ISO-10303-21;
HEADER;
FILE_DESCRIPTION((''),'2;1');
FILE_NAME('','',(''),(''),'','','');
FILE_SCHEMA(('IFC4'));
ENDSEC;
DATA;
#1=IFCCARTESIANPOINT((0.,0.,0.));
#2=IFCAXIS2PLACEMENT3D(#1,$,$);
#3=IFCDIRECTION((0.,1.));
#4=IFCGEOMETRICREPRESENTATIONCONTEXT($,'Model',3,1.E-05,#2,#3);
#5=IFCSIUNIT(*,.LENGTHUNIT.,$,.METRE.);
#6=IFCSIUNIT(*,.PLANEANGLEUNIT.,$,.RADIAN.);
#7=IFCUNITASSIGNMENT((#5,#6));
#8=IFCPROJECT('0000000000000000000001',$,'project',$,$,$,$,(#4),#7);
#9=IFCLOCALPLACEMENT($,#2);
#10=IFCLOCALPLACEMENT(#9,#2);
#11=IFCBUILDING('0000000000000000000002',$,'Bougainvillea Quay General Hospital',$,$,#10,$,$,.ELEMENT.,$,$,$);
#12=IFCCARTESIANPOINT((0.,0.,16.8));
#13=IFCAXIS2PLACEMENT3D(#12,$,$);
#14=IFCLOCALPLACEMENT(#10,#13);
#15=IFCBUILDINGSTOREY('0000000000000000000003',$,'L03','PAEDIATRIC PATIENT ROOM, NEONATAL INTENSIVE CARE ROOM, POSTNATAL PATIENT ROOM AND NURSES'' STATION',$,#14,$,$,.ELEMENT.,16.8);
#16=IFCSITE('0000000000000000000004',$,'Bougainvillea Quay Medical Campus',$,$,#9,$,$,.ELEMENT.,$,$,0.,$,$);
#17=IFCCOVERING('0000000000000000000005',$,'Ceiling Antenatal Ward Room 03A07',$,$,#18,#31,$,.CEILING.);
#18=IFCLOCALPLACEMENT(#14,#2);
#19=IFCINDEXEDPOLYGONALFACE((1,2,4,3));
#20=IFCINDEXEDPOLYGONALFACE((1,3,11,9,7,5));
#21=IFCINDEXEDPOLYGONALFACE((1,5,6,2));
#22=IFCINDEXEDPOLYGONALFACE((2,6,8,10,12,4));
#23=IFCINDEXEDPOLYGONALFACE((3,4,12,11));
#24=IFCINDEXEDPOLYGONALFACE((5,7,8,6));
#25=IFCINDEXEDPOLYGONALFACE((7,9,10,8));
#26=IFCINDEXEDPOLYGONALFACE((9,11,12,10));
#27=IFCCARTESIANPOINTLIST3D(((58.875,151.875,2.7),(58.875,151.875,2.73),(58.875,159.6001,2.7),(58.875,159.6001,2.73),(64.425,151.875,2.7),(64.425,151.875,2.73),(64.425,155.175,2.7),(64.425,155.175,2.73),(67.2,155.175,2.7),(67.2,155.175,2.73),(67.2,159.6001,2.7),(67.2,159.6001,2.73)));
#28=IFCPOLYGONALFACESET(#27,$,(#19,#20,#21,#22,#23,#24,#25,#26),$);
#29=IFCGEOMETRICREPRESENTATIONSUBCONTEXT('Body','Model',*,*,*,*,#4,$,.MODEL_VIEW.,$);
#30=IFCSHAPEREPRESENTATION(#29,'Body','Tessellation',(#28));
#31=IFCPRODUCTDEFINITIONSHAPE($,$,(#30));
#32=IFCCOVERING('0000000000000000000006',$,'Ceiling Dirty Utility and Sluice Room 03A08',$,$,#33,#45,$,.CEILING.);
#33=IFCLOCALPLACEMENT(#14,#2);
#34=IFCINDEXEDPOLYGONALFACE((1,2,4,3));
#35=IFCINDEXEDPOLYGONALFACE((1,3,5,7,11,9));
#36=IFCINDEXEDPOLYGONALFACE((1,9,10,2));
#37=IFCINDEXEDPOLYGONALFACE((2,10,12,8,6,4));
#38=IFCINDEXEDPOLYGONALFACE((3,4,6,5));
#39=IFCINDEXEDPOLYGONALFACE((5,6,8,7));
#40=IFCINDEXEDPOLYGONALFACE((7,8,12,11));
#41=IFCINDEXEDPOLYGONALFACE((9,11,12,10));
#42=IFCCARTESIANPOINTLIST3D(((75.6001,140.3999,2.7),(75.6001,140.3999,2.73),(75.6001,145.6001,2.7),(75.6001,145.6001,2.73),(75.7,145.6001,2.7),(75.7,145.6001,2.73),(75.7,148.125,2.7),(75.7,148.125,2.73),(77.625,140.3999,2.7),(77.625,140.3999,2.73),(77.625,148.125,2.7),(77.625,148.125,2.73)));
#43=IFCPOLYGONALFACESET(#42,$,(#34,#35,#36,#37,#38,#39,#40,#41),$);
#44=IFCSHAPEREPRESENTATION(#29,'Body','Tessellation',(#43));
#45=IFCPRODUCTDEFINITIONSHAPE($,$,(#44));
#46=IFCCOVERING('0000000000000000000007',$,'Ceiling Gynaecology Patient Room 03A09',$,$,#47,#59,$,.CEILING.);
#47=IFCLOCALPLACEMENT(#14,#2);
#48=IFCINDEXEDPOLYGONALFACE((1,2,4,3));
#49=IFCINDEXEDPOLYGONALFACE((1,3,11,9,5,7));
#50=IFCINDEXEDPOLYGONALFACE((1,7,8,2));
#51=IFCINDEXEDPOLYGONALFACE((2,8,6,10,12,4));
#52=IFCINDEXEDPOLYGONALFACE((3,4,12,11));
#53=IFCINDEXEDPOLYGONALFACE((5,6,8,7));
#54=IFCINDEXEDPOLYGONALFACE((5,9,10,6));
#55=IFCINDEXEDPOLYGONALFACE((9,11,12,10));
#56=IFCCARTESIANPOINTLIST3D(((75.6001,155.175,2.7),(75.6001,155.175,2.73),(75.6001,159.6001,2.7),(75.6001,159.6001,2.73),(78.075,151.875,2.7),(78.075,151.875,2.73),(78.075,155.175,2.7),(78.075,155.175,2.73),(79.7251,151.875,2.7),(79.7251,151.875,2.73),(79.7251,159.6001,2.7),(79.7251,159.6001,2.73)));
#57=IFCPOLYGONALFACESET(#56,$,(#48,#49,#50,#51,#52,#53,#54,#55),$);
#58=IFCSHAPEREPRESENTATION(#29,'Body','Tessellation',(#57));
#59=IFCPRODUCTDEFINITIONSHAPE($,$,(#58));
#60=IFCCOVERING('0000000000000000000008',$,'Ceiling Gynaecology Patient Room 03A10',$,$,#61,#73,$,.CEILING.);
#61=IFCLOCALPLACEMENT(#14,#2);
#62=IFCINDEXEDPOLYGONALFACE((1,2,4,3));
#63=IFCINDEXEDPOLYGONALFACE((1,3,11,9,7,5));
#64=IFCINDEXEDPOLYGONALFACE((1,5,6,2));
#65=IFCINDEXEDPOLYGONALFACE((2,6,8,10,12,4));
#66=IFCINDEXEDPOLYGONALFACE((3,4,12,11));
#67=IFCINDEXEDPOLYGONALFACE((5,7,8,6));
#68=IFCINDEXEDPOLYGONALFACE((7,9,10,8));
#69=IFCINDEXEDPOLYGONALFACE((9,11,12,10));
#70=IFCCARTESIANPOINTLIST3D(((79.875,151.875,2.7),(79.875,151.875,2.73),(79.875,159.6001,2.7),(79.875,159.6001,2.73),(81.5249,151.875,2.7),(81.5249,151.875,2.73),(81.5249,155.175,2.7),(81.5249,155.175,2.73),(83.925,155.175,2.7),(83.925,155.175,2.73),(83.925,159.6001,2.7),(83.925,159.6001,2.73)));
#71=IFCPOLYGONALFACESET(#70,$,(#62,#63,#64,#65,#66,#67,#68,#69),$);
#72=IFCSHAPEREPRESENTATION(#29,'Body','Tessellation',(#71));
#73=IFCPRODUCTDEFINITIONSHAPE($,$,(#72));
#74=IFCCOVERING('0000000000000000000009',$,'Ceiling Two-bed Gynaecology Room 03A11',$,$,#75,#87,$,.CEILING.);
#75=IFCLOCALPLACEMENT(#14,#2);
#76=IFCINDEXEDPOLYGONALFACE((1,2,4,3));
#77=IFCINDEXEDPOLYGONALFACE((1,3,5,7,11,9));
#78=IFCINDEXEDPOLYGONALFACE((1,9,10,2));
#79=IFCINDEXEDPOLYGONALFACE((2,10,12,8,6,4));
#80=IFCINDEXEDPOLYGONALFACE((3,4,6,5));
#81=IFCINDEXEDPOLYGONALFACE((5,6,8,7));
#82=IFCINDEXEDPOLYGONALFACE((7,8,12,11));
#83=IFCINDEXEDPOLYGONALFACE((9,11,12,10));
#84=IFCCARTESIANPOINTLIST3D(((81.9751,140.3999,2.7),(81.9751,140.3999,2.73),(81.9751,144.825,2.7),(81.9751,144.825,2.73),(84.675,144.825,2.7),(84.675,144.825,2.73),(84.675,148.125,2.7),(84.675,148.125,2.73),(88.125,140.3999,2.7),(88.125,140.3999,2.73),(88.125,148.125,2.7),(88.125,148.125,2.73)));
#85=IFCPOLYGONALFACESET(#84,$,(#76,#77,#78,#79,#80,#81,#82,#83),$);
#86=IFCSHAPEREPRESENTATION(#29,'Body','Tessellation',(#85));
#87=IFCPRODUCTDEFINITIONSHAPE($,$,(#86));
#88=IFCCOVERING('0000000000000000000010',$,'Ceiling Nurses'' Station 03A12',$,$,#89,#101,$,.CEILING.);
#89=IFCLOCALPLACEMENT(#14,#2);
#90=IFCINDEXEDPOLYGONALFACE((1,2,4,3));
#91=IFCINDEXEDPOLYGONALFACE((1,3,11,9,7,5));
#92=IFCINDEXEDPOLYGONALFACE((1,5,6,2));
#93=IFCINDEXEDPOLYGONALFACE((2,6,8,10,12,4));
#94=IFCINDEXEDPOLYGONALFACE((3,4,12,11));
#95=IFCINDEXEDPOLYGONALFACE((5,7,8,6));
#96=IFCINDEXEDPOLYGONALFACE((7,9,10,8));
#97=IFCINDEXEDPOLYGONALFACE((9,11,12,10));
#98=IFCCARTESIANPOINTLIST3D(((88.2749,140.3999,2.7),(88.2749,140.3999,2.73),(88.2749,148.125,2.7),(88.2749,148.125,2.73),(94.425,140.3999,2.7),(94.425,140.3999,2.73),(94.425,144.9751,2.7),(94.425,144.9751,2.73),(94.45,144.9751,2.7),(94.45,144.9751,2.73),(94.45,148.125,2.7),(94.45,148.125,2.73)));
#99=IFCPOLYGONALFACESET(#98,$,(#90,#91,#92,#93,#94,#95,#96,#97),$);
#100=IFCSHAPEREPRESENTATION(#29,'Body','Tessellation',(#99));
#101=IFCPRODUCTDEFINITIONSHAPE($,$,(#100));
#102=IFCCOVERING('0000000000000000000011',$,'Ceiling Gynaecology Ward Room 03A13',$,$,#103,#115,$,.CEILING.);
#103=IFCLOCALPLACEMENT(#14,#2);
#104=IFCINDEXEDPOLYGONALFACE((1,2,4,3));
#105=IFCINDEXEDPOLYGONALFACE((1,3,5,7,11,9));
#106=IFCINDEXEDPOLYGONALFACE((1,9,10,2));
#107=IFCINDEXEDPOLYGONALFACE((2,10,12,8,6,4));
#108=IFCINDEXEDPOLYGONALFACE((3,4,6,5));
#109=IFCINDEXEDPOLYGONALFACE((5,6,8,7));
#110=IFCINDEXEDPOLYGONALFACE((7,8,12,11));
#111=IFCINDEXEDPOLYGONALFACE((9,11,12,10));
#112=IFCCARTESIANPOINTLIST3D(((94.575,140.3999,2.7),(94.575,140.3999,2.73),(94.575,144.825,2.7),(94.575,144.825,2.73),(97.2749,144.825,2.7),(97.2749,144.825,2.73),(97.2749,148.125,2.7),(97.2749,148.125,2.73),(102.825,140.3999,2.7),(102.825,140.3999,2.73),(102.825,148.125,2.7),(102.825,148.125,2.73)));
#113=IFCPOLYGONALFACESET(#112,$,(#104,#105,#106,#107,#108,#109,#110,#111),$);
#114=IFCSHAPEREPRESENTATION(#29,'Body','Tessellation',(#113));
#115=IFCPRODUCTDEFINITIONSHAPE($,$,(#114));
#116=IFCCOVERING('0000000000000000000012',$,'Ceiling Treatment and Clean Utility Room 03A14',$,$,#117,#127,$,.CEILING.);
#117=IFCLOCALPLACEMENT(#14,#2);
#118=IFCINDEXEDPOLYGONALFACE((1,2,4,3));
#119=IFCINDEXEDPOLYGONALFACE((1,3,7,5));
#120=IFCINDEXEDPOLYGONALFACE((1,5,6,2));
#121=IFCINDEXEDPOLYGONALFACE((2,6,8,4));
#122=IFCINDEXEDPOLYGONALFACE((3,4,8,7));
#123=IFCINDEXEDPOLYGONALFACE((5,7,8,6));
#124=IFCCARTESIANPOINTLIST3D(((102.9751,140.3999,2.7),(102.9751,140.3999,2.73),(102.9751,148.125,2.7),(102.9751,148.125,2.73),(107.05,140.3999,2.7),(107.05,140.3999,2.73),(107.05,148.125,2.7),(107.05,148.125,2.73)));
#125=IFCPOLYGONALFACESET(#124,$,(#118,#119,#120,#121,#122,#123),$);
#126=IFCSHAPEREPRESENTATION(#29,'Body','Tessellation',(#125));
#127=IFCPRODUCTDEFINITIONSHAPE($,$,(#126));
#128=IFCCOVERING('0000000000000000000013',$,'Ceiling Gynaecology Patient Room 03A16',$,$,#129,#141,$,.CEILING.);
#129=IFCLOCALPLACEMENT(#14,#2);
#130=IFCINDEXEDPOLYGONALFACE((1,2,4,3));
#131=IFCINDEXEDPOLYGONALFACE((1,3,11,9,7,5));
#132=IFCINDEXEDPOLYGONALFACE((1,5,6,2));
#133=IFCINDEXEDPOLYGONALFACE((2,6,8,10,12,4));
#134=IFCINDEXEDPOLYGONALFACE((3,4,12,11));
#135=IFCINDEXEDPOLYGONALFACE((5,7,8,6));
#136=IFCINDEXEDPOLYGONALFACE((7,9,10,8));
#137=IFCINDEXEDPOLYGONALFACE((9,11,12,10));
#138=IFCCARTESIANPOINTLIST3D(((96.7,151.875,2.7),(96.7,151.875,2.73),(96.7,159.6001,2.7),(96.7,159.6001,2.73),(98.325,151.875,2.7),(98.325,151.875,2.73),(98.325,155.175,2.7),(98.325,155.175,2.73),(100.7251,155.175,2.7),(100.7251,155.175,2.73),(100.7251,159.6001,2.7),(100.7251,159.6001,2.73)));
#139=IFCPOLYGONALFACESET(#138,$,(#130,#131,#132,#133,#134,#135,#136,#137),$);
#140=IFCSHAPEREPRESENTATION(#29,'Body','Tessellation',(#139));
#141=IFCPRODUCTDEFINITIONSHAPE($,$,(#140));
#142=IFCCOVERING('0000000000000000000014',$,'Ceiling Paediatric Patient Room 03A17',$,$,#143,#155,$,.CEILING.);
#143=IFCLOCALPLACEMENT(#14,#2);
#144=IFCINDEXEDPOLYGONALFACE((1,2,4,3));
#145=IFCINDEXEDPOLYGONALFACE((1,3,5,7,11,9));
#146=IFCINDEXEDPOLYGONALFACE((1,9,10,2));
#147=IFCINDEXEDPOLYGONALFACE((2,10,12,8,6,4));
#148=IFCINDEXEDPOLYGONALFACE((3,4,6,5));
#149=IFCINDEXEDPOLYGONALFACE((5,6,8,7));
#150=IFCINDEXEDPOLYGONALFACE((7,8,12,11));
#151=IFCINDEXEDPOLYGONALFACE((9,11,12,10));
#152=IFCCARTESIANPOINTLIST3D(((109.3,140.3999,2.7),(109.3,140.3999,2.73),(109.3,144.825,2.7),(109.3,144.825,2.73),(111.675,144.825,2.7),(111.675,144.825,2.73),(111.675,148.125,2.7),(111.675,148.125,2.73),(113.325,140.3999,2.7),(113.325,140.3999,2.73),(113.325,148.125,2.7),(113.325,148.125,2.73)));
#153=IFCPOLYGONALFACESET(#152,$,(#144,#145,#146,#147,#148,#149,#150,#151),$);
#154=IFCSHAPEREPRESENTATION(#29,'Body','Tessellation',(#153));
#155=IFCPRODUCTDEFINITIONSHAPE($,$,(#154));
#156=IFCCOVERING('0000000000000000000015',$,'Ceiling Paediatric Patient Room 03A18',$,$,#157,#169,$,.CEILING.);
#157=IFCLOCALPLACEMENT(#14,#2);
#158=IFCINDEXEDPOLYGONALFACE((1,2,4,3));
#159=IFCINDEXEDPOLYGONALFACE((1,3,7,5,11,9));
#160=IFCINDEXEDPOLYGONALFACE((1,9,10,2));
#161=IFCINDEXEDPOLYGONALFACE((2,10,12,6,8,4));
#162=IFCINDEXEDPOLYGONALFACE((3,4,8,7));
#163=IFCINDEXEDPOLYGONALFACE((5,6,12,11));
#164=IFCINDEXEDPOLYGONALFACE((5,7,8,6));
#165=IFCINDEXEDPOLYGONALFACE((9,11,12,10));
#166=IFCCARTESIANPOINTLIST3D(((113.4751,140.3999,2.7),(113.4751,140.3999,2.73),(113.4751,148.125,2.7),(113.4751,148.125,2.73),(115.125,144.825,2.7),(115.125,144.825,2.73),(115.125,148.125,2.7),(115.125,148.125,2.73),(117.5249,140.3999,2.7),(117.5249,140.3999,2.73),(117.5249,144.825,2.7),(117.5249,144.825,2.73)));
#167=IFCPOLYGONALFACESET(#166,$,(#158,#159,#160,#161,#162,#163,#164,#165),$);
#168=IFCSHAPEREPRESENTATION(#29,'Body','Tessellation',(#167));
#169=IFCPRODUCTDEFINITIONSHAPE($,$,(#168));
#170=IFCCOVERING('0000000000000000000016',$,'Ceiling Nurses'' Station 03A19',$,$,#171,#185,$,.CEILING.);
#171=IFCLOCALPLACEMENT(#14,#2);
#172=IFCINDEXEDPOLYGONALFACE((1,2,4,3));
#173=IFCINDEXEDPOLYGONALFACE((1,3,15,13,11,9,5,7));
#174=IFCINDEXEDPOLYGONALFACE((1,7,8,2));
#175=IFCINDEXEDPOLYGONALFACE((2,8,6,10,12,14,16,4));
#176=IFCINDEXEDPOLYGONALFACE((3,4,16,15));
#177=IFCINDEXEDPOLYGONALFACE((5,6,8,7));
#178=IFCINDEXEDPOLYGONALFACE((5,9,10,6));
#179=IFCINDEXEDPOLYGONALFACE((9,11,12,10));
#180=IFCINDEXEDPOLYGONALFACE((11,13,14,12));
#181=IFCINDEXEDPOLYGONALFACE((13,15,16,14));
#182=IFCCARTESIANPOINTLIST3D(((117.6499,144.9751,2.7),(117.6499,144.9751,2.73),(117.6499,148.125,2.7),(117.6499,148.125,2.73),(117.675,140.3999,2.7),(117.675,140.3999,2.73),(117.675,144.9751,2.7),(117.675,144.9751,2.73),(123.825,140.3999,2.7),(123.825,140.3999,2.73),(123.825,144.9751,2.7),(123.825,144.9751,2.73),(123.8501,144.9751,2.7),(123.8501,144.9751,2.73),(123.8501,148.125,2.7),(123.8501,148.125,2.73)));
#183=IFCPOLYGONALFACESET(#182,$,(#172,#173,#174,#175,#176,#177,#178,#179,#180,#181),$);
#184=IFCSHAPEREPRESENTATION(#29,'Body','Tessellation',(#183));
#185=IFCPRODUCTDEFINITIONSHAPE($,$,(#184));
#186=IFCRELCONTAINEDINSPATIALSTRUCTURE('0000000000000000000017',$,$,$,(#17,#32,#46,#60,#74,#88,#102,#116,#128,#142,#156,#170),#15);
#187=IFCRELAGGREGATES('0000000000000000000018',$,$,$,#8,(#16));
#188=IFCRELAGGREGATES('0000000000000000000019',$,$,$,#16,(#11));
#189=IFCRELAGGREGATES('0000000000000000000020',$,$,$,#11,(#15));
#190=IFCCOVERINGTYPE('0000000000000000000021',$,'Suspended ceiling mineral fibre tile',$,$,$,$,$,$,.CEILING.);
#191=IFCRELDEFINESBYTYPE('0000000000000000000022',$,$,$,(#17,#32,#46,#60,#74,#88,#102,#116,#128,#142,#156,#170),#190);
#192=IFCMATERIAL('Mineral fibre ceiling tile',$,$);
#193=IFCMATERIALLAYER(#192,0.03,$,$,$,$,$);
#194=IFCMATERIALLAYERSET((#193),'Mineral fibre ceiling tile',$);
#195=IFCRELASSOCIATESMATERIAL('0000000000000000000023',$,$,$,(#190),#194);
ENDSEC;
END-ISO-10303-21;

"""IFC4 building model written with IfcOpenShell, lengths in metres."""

from ifc_helpers import new_model, si_unit, direction, frame, origin, place, context, subcontext, project, spatial, polyline, outline, extrude, material, layer, layer_set, type_object, element, save


model = new_model("IFC4")

# Units and contexts
model_context = context("Model", 3, precision=1e-05, world=origin(), true_north=direction((0.0, 1.0)))
body_context = subcontext(model_context, "Body", "Model", "MODEL_VIEW")
ifc_project = project(units=[si_unit("LENGTHUNIT", "METRE"), si_unit("PLANEANGLEUNIT", "RADIAN")], contexts=[model_context])

# Site, building, storey
site_placement = place(None, origin())
site = spatial("IfcSite", under=ifc_project, at=site_placement, Name="Bougainvillea Quay Medical Campus", CompositionType="ELEMENT", RefElevation=0.0)
building_placement = place(site_placement, origin())
building = spatial("IfcBuilding", under=site, at=building_placement, Name="Bougainvillea Quay General Hospital", CompositionType="ELEMENT")
storey_placement = place(building_placement, frame((0.0, 0.0, 16.8)))
storey = spatial("IfcBuildingStorey", under=building, at=storey_placement, Name="L03", Description="PAEDIATRIC PATIENT ROOM, NEONATAL INTENSIVE CARE ROOM, POSTNATAL PATIENT ROOM AND NURSES' STATION", CompositionType="ELEMENT", Elevation=16.8)

# Coverings
ifc_material = material(Name="Mineral fibre ceiling tile")
ifc_layer = layer(ifc_material, 0.03)
ifc_layer_set = layer_set([ifc_layer], Name="Mineral fibre ceiling tile")
covering_type = type_object("IfcCoveringType", Name="Suspended ceiling mineral fibre tile", PredefinedType="CEILING", material=ifc_layer_set)
covering_1_placement = place(storey_placement, frame((0.0, 0.0, 2.7)))
element("IfcCovering", 1, at=covering_1_placement, inside=storey, type_object=covering_type, Name="Ceiling Antenatal Ward Room 03A07", PredefinedType="CEILING", context=body_context, shape_type="SweptSolid", body=[
    extrude(outline(polyline([(58.875, 159.6001), (58.875, 151.875), (64.425, 151.875), (64.425, 155.175), (67.2, 155.175), (67.2, 159.6001), (58.875, 159.6001)])), origin(), (0.0, 0.0, 1.0), 0.03),
])
covering_2_placement = place(storey_placement, frame((0.0, 0.0, 2.7)))
element("IfcCovering", 2, at=covering_2_placement, inside=storey, type_object=covering_type, Name="Ceiling Dirty Utility and Sluice Room 03A08", PredefinedType="CEILING", context=body_context, shape_type="SweptSolid", body=[
    extrude(outline(polyline([(77.625, 140.3999), (77.625, 148.125), (75.7, 148.125), (75.7, 145.6001), (75.6001, 145.6001), (75.6001, 140.3999), (77.625, 140.3999)])), origin(), (0.0, 0.0, 1.0), 0.03),
])
covering_3_placement = place(storey_placement, frame((0.0, 0.0, 2.7)))
element("IfcCovering", 3, at=covering_3_placement, inside=storey, type_object=covering_type, Name="Ceiling Gynaecology Patient Room 03A09", PredefinedType="CEILING", context=body_context, shape_type="SweptSolid", body=[
    extrude(outline(polyline([(75.6001, 159.6001), (75.6001, 155.175), (78.075, 155.175), (78.075, 151.875), (79.7251, 151.875), (79.7251, 159.6001), (75.6001, 159.6001)])), origin(), (0.0, 0.0, 1.0), 0.03),
])
covering_4_placement = place(storey_placement, frame((0.0, 0.0, 2.7)))
element("IfcCovering", 4, at=covering_4_placement, inside=storey, type_object=covering_type, Name="Ceiling Gynaecology Patient Room 03A10", PredefinedType="CEILING", context=body_context, shape_type="SweptSolid", body=[
    extrude(outline(polyline([(79.875, 159.6001), (79.875, 151.875), (81.5249, 151.875), (81.5249, 155.175), (83.925, 155.175), (83.925, 159.6001), (79.875, 159.6001)])), origin(), (0.0, 0.0, 1.0), 0.03),
])
covering_5_placement = place(storey_placement, frame((0.0, 0.0, 2.7)))
element("IfcCovering", 5, at=covering_5_placement, inside=storey, type_object=covering_type, Name="Ceiling Two-bed Gynaecology Room 03A11", PredefinedType="CEILING", context=body_context, shape_type="SweptSolid", body=[
    extrude(outline(polyline([(88.125, 140.3999), (88.125, 148.125), (84.675, 148.125), (84.675, 144.825), (81.9751, 144.825), (81.9751, 140.3999), (88.125, 140.3999)])), origin(), (0.0, 0.0, 1.0), 0.03),
])
covering_6_placement = place(storey_placement, frame((0.0, 0.0, 2.7)))
element("IfcCovering", 6, at=covering_6_placement, inside=storey, type_object=covering_type, Name="Ceiling Nurses' Station 03A12", PredefinedType="CEILING", context=body_context, shape_type="SweptSolid", body=[
    extrude(outline(polyline([(94.425, 140.3999), (94.425, 144.9751), (94.45, 144.9751), (94.45, 148.125), (88.2749, 148.125), (88.2749, 140.3999), (94.425, 140.3999)])), origin(), (0.0, 0.0, 1.0), 0.03),
])
covering_7_placement = place(storey_placement, frame((0.0, 0.0, 2.7)))
element("IfcCovering", 7, at=covering_7_placement, inside=storey, type_object=covering_type, Name="Ceiling Gynaecology Ward Room 03A13", PredefinedType="CEILING", context=body_context, shape_type="SweptSolid", body=[
    extrude(outline(polyline([(102.825, 140.3999), (102.825, 148.125), (97.2749, 148.125), (97.2749, 144.825), (94.575, 144.825), (94.575, 140.3999), (102.825, 140.3999)])), origin(), (0.0, 0.0, 1.0), 0.03),
])
covering_8_placement = place(storey_placement, frame((0.0, 0.0, 2.7)))
element("IfcCovering", 8, at=covering_8_placement, inside=storey, type_object=covering_type, Name="Ceiling Treatment and Clean Utility Room 03A14", PredefinedType="CEILING", context=body_context, shape_type="SweptSolid", body=[
    extrude(outline(polyline([(107.05, 140.3999), (107.05, 148.125), (102.9751, 148.125), (102.9751, 140.3999), (107.05, 140.3999)])), origin(), (0.0, 0.0, 1.0), 0.03),
])
covering_9_placement = place(storey_placement, frame((0.0, 0.0, 2.7)))
element("IfcCovering", 9, at=covering_9_placement, inside=storey, type_object=covering_type, Name="Ceiling Gynaecology Patient Room 03A16", PredefinedType="CEILING", context=body_context, shape_type="SweptSolid", body=[
    extrude(outline(polyline([(96.7, 159.6001), (96.7, 151.875), (98.325, 151.875), (98.325, 155.175), (100.7251, 155.175), (100.7251, 159.6001), (96.7, 159.6001)])), origin(), (0.0, 0.0, 1.0), 0.03),
])
covering_10_placement = place(storey_placement, frame((0.0, 0.0, 2.7)))
element("IfcCovering", 10, at=covering_10_placement, inside=storey, type_object=covering_type, Name="Ceiling Paediatric Patient Room 03A17", PredefinedType="CEILING", context=body_context, shape_type="SweptSolid", body=[
    extrude(outline(polyline([(113.325, 140.3999), (113.325, 148.125), (111.675, 148.125), (111.675, 144.825), (109.3, 144.825), (109.3, 140.3999), (113.325, 140.3999)])), origin(), (0.0, 0.0, 1.0), 0.03),
])
covering_11_placement = place(storey_placement, frame((0.0, 0.0, 2.7)))
element("IfcCovering", 11, at=covering_11_placement, inside=storey, type_object=covering_type, Name="Ceiling Paediatric Patient Room 03A18", PredefinedType="CEILING", context=body_context, shape_type="SweptSolid", body=[
    extrude(outline(polyline([(117.5249, 140.3999), (117.5249, 144.825), (115.125, 144.825), (115.125, 148.125), (113.4751, 148.125), (113.4751, 140.3999), (117.5249, 140.3999)])), origin(), (0.0, 0.0, 1.0), 0.03),
])
covering_12_placement = place(storey_placement, frame((0.0, 0.0, 2.7)))
element("IfcCovering", 12, at=covering_12_placement, inside=storey, type_object=covering_type, Name="Ceiling Nurses' Station 03A19", PredefinedType="CEILING", context=body_context, shape_type="SweptSolid", body=[
    extrude(outline(polyline([(123.825, 140.3999), (123.825, 144.9751), (123.8501, 144.9751), (123.8501, 148.125), (117.6499, 148.125), (117.6499, 144.9751), (117.675, 144.9751), (117.675, 140.3999), (123.825, 140.3999)])), origin(), (0.0, 0.0, 1.0), 0.03),
])

save(model, "model.ifc")
